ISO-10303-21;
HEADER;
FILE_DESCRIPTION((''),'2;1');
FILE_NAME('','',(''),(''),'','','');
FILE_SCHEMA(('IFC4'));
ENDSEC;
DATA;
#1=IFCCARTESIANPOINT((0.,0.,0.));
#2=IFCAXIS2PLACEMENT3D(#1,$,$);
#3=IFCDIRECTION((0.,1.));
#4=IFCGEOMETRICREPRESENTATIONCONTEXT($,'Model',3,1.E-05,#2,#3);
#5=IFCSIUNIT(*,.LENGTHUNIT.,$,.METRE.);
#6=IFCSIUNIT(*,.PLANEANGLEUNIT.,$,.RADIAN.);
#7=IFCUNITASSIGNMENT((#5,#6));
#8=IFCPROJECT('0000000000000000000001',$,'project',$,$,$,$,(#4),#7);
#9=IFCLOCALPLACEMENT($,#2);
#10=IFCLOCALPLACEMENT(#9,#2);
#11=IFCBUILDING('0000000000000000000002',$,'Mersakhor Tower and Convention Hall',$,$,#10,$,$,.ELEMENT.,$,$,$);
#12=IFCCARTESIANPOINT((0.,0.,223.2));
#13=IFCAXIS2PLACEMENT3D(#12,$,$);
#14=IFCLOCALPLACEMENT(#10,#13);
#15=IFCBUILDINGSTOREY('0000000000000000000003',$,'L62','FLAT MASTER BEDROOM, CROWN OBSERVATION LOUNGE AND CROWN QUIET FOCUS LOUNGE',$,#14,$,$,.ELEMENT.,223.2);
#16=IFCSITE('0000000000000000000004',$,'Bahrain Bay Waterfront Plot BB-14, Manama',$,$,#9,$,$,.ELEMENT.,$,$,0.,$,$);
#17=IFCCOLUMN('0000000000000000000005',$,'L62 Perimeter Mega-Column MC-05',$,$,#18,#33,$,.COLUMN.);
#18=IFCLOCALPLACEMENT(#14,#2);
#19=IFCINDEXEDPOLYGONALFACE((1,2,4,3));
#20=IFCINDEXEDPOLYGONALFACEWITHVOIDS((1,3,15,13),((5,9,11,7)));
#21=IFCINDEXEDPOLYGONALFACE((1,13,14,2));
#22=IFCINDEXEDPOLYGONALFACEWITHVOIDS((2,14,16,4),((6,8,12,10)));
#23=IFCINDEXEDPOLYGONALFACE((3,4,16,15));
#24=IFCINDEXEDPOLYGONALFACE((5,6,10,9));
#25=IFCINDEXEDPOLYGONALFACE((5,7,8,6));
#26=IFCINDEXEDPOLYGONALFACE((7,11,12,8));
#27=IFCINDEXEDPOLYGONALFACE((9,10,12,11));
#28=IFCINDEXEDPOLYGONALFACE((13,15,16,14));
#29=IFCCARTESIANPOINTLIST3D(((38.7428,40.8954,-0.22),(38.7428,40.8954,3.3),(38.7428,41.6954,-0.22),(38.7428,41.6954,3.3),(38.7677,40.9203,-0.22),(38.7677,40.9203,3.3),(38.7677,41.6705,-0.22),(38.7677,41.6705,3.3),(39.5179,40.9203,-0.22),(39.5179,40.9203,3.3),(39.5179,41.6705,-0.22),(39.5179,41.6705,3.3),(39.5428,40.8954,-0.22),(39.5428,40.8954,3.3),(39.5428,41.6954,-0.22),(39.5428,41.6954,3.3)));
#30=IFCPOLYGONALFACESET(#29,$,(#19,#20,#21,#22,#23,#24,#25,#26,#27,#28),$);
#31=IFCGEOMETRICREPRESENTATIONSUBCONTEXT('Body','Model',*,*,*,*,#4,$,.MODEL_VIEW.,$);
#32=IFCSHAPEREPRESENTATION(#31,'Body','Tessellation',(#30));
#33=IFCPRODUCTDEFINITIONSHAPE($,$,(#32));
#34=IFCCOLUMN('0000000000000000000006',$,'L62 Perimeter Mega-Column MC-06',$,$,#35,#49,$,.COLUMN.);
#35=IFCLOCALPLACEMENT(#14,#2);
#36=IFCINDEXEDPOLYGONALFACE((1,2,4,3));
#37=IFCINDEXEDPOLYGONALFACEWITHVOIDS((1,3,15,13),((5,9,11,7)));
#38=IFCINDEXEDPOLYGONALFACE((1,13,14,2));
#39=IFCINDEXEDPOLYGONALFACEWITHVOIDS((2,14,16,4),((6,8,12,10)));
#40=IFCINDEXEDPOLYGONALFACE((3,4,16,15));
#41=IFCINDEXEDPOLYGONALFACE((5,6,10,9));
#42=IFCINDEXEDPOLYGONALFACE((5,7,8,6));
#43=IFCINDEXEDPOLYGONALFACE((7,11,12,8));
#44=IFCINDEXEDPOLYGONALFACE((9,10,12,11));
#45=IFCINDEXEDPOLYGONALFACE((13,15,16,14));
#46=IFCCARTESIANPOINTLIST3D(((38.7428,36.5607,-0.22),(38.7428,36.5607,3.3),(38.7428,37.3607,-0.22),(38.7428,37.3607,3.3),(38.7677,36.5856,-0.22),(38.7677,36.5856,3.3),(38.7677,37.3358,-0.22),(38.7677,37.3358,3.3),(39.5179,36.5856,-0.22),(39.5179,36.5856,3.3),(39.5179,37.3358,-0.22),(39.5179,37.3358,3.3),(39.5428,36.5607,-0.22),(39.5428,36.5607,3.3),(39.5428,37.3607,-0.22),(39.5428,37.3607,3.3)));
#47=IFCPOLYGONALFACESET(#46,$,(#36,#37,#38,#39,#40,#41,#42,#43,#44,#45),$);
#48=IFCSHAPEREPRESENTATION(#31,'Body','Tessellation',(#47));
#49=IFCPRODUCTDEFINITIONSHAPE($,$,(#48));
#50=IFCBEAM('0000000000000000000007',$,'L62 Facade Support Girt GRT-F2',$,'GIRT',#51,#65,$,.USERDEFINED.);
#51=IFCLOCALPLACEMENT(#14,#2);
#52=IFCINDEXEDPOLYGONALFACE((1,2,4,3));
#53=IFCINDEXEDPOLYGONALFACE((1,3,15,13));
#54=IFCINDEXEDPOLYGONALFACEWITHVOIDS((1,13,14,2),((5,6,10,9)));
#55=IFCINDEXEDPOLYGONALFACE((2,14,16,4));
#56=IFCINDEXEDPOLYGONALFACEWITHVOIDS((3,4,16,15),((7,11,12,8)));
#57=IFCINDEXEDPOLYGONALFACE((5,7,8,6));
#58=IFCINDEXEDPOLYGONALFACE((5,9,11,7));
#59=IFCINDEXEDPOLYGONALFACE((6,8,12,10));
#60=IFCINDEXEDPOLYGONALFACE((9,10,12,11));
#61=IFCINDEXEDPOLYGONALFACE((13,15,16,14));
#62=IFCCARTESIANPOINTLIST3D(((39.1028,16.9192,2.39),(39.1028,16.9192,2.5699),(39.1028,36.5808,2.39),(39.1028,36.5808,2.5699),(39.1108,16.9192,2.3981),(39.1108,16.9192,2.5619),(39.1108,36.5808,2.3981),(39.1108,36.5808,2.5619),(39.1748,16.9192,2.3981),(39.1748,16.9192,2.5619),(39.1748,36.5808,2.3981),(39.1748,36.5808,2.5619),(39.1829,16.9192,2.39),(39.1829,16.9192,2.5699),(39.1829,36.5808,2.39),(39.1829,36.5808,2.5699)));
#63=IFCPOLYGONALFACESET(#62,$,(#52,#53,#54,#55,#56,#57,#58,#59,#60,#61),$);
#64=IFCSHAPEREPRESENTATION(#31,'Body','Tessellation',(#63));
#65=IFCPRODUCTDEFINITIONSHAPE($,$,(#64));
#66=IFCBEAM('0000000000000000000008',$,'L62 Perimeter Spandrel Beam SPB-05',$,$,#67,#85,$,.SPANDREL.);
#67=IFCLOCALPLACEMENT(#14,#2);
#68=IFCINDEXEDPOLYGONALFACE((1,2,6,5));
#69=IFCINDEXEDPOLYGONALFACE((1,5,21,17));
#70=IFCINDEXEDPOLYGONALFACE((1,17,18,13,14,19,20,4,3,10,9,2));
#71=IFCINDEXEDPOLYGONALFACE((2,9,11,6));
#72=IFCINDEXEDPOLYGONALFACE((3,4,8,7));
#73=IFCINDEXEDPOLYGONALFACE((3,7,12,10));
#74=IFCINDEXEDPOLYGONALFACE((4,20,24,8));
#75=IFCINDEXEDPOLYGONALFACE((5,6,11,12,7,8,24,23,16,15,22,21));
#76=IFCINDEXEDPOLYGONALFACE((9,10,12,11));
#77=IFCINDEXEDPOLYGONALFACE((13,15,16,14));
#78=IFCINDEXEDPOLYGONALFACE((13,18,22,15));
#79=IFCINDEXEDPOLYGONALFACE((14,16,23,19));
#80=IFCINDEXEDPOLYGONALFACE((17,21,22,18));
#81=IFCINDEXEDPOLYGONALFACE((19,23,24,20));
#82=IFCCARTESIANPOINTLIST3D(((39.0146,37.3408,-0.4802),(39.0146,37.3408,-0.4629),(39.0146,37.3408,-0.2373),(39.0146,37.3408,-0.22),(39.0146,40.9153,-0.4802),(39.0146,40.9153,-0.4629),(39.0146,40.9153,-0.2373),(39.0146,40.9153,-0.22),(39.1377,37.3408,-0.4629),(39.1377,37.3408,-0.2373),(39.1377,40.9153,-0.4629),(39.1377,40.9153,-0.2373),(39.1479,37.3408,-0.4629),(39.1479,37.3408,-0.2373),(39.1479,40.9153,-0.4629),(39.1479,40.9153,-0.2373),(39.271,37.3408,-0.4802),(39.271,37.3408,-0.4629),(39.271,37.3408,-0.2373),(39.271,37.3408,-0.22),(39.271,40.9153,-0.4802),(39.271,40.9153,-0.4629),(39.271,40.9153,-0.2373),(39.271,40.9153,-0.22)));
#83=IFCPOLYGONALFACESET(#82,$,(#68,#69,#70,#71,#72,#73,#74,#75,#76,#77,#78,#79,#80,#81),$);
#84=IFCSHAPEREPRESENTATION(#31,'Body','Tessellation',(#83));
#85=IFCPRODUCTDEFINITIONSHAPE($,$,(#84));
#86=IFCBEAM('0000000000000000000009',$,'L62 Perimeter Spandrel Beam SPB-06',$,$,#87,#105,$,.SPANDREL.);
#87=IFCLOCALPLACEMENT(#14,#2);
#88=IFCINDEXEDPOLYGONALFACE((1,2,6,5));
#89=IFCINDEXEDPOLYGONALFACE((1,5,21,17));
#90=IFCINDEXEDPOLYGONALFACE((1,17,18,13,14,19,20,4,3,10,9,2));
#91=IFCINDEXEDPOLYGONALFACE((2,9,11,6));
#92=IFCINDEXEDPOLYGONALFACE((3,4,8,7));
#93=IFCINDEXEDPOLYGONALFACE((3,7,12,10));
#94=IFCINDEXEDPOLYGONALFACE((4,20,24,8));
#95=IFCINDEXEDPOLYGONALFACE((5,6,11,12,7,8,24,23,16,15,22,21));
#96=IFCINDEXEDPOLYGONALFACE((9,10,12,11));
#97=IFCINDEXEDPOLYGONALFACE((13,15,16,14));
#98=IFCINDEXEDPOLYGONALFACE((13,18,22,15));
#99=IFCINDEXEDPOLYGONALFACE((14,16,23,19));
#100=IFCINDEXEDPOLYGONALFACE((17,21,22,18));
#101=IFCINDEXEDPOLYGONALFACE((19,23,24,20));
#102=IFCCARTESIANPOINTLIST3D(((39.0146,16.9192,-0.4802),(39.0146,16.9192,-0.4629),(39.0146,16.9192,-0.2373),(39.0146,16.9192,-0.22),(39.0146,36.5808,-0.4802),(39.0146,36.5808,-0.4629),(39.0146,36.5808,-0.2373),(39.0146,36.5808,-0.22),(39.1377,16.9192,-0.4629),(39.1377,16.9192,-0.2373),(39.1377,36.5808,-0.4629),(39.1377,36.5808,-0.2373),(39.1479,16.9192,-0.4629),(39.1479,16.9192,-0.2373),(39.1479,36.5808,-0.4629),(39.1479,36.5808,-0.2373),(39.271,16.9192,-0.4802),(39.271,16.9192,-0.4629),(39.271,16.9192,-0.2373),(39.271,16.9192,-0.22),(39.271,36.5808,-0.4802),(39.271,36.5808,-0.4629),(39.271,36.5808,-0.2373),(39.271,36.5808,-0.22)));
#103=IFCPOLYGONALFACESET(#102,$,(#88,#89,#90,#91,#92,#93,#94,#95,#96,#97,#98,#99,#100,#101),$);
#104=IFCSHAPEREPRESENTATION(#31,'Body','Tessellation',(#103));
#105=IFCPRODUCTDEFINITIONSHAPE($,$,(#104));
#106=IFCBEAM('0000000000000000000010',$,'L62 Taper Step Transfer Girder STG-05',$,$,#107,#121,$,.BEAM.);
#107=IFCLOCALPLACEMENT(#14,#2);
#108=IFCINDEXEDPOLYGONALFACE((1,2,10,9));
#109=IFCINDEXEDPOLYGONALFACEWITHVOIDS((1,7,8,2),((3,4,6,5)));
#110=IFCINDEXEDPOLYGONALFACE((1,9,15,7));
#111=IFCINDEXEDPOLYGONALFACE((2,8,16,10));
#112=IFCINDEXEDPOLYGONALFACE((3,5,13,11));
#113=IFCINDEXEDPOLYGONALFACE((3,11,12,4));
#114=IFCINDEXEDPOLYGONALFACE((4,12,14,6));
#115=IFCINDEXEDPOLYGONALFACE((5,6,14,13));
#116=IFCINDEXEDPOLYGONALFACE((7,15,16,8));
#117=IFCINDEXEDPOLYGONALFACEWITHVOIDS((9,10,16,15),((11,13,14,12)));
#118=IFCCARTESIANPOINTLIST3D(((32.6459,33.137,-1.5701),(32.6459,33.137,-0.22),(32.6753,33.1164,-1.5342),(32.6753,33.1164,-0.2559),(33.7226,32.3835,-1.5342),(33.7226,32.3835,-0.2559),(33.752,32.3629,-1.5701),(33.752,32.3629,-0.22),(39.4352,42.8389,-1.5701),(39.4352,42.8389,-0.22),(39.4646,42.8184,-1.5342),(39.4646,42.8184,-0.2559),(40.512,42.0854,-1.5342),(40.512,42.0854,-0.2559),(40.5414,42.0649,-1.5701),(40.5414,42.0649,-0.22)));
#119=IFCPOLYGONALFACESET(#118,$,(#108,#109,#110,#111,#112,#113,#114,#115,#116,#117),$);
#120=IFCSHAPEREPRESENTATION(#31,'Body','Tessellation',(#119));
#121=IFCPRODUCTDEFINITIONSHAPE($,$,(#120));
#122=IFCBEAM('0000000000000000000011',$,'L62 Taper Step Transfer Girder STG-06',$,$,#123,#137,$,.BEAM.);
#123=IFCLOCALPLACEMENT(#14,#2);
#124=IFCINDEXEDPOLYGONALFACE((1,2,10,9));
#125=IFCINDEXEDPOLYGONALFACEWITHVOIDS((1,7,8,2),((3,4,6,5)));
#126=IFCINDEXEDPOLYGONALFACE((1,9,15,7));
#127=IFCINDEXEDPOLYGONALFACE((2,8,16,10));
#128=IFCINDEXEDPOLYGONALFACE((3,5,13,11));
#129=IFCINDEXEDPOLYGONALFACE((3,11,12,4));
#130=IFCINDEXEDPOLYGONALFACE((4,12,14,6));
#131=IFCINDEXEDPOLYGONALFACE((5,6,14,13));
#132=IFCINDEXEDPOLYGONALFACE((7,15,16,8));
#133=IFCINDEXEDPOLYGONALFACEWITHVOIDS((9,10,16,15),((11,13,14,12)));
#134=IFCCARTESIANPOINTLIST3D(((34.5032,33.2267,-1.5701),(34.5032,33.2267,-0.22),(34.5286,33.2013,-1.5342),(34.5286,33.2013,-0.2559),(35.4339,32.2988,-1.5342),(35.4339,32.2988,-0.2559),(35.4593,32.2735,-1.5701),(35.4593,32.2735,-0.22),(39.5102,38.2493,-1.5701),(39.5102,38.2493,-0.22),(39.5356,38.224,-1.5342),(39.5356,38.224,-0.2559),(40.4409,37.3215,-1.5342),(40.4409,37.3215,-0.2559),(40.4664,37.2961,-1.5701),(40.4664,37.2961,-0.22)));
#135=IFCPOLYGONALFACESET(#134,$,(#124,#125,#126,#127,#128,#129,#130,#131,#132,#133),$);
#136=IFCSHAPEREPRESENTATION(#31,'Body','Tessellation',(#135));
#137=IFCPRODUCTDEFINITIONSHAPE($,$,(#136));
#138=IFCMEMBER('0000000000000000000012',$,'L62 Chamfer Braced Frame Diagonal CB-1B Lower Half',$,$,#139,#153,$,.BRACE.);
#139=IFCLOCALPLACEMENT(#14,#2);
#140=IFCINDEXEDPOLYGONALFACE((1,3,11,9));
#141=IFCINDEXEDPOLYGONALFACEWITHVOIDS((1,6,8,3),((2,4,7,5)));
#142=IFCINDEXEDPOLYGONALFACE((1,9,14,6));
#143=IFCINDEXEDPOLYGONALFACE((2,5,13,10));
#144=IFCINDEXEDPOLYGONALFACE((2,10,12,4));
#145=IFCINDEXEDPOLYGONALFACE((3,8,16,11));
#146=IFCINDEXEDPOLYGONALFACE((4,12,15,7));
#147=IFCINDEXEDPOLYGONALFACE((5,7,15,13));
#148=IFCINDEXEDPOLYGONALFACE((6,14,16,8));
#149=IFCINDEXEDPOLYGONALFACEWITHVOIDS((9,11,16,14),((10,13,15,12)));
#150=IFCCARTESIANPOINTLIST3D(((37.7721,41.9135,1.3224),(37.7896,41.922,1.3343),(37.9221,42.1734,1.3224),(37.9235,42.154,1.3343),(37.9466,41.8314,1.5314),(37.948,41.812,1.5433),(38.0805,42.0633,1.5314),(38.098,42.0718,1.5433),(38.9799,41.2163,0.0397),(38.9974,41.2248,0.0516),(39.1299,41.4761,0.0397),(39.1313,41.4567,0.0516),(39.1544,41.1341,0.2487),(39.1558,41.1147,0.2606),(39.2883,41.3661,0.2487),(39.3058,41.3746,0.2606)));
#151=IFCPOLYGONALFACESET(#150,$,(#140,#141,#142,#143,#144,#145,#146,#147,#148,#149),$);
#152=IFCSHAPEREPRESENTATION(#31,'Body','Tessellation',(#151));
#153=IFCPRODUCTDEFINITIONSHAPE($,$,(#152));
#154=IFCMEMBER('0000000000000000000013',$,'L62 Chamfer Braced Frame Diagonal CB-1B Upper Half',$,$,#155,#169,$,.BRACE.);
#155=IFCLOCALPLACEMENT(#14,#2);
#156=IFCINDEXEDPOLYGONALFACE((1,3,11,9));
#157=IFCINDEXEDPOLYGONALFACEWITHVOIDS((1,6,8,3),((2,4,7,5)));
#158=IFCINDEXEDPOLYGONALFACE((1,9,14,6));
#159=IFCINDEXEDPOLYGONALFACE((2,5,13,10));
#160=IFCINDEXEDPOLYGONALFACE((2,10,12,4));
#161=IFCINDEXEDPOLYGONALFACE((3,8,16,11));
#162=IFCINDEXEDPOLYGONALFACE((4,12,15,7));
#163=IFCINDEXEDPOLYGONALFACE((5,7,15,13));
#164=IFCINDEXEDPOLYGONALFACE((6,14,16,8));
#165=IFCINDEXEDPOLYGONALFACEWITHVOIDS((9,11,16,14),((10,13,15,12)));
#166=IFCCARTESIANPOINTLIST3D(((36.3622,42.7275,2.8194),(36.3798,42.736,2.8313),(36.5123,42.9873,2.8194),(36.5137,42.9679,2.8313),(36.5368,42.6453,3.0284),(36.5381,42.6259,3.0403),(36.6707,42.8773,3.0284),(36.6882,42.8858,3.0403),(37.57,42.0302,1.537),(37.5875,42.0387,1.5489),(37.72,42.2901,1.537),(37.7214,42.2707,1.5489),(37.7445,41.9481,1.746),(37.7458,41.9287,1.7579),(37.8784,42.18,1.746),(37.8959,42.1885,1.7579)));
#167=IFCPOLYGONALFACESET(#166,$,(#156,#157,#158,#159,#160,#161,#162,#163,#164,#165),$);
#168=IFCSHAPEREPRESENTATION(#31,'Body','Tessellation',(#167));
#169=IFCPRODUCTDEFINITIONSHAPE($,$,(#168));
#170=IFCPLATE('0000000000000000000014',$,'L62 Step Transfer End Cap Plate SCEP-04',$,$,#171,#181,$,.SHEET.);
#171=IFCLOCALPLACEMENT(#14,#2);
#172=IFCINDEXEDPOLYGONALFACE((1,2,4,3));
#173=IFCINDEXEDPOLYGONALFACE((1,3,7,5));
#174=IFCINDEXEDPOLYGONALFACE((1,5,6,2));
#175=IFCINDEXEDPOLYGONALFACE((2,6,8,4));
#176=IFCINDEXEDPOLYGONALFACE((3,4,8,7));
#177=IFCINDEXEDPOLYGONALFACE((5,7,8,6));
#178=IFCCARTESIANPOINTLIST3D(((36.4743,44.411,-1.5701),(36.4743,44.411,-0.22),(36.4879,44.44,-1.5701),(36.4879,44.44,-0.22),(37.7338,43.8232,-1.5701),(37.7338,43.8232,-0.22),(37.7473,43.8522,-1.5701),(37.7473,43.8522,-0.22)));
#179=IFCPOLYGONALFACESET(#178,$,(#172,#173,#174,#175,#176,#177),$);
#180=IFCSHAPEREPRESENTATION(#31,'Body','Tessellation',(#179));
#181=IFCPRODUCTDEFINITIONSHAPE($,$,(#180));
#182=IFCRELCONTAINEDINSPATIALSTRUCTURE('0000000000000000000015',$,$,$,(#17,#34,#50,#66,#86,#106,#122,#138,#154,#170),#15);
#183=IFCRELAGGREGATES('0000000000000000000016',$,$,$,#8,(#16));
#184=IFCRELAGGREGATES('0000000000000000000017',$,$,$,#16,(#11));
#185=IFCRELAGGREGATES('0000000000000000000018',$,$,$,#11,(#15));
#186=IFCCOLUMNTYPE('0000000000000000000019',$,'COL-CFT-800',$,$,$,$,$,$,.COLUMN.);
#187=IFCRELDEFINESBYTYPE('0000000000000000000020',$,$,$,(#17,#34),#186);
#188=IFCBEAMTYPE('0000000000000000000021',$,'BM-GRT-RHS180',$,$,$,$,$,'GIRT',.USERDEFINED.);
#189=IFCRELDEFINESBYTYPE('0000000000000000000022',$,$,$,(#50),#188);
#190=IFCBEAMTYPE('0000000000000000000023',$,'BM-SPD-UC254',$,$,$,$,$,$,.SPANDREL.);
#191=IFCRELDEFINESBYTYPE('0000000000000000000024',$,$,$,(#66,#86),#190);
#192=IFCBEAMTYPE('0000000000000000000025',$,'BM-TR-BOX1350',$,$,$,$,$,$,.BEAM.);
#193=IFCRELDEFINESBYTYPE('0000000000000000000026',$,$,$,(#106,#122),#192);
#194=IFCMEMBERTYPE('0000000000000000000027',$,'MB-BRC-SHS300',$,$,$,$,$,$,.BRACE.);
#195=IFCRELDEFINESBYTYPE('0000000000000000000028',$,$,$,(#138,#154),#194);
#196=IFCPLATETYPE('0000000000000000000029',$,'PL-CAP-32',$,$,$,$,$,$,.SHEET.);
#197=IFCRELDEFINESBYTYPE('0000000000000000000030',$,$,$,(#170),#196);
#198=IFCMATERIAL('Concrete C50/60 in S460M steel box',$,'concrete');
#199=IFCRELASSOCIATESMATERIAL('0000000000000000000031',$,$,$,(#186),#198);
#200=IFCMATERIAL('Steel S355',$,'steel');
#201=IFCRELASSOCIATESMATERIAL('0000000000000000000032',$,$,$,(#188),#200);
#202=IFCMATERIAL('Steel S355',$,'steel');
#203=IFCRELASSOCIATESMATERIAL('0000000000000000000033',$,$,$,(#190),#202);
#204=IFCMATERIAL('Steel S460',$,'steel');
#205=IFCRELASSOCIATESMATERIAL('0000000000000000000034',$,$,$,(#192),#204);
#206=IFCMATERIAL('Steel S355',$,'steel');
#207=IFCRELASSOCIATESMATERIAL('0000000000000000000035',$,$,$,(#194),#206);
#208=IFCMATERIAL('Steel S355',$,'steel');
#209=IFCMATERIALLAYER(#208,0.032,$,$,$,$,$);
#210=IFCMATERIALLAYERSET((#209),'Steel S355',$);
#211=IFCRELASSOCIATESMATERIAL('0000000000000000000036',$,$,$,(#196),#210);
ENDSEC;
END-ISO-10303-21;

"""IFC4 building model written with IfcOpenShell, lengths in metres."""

from ifc_helpers import new_model, si_unit, direction, frame, origin, origin_2d, place, context, subcontext, project, spatial, rectangle, hollow_rectangle, i_section, extrude, material, layer, layer_set, material_profile, profile_set, type_object, element, save


model = new_model("IFC4")

# Units and contexts
model_context = context("Model", 3, precision=1e-05, world=origin(), true_north=direction((0.0, 1.0)))
body_context = subcontext(model_context, "Body", "Model", "MODEL_VIEW")
ifc_project = project(units=[si_unit("LENGTHUNIT", "METRE"), si_unit("PLANEANGLEUNIT", "RADIAN")], contexts=[model_context])

# Site, building, storey
site_placement = place(None, origin())
site = spatial("IfcSite", under=ifc_project, at=site_placement, Name="Bahrain Bay Waterfront Plot BB-14, Manama", CompositionType="ELEMENT", RefElevation=0.0)
building_placement = place(site_placement, origin())
building = spatial("IfcBuilding", under=site, at=building_placement, Name="Mersakhor Tower and Convention Hall", CompositionType="ELEMENT")
storey_placement = place(building_placement, frame((0.0, 0.0, 223.2)))
storey = spatial("IfcBuildingStorey", under=building, at=storey_placement, Name="L62", Description="FLAT MASTER BEDROOM, CROWN OBSERVATION LOUNGE AND CROWN QUIET FOCUS LOUNGE", CompositionType="ELEMENT", Elevation=223.2)

# Columns
ifc_material_1 = material(Name="Concrete C50/60 in S460M steel box", Category="concrete")
ifc_material_profile_1 = material_profile(ifc_material_1, hollow_rectangle(XDim=0.8, YDim=0.8, WallThickness=0.0249, at=origin_2d()), Name="SHS 800x800x25")
ifc_profile_set_1 = profile_set([ifc_material_profile_1], Name="Concrete C50/60 in S460M steel box")
column_type = type_object("IfcColumnType", Name="COL-CFT-800", PredefinedType="COLUMN", material=ifc_profile_set_1)
for number, where, z_axis, x_axis, name in (
    (1, (39.1428, 41.2954, -0.22), (0.0, 0.0, 1.0), (1.0, 0.0, 0.0), "L62 Perimeter Mega-Column MC-05"),
    (2, (39.1428, 36.9607, -0.22), (0.0, 0.0, 1.0), (1.0, 0.0, 0.0), "L62 Perimeter Mega-Column MC-06"),
):
    element("IfcColumn", number, at=place(storey_placement, frame(where, z_axis=z_axis, x_axis=x_axis)), inside=storey, type_object=column_type, Name=name, PredefinedType="COLUMN", context=body_context, shape_type="SweptSolid", body=[
        extrude(hollow_rectangle(XDim=0.8, YDim=0.8, WallThickness=0.0249, at=origin_2d()), origin(), (0.0, 0.0, 1.0), 3.52),
    ])

# Beams
ifc_material_2 = material(Name="Steel S355", Category="steel")
ifc_material_profile_2 = material_profile(ifc_material_2, hollow_rectangle(XDim=0.0801, YDim=0.1799, WallThickness=0.0081, at=origin_2d()), Name="RHS 180x80x8")
ifc_profile_set_2 = profile_set([ifc_material_profile_2], Name="Steel S355")
beam_type_1 = type_object("IfcBeamType", Name="BM-GRT-RHS180", ElementType="GIRT", PredefinedType="USERDEFINED", material=ifc_profile_set_2)
beam_1_placement = place(storey_placement, frame((39.1428, 36.5808, 2.48), z_axis=(0.0, -1.0, 0.0), x_axis=(1.0, 0.0, 0.0)))
element("IfcBeam", 3, at=beam_1_placement, inside=storey, type_object=beam_type_1, Name="L62 Facade Support Girt GRT-F2", ObjectType="GIRT", PredefinedType="USERDEFINED", context=body_context, shape_type="SweptSolid", body=[
    extrude(hollow_rectangle(XDim=0.0801, YDim=0.1799, WallThickness=0.0081, at=origin_2d()), origin(), (0.0, 0.0, 1.0), 19.6616),
])
ifc_material_3 = material(Name="Steel S355", Category="steel")
ifc_material_profile_3 = material_profile(ifc_material_3, i_section(OverallWidth=0.2563, OverallDepth=0.2603, WebThickness=0.0103, FlangeThickness=0.0173, at=origin_2d()), Name="UC 254x254x89")
ifc_profile_set_3 = profile_set([ifc_material_profile_3], Name="Steel S355")
beam_type_2 = type_object("IfcBeamType", Name="BM-SPD-UC254", PredefinedType="SPANDREL", material=ifc_profile_set_3)
beam_2_placement = place(storey_placement, frame((39.1428, 40.9153, -0.3501), z_axis=(0.0, -1.0, 0.0), x_axis=(1.0, 0.0, 0.0)))
element("IfcBeam", 4, at=beam_2_placement, inside=storey, type_object=beam_type_2, Name="L62 Perimeter Spandrel Beam SPB-05", PredefinedType="SPANDREL", context=body_context, shape_type="SweptSolid", body=[
    extrude(i_section(OverallWidth=0.2563, OverallDepth=0.2603, WebThickness=0.0103, FlangeThickness=0.0173, at=origin_2d()), origin(), (0.0, 0.0, 1.0), 3.5745),
])
beam_3_placement = place(storey_placement, frame((39.1428, 36.5808, -0.3501), z_axis=(0.0, -1.0, 0.0), x_axis=(1.0, 0.0, 0.0)))
element("IfcBeam", 5, at=beam_3_placement, inside=storey, type_object=beam_type_2, Name="L62 Perimeter Spandrel Beam SPB-06", PredefinedType="SPANDREL", context=body_context, shape_type="SweptSolid", body=[
    extrude(i_section(OverallWidth=0.2563, OverallDepth=0.2603, WebThickness=0.0103, FlangeThickness=0.0173, at=origin_2d()), origin(), (0.0, 0.0, 1.0), 19.6616),
])
ifc_material_4 = material(Name="Steel S460", Category="steel")
ifc_material_profile_4 = material_profile(ifc_material_4, hollow_rectangle(XDim=1.3501, YDim=1.3501, WallThickness=0.0359, at=origin_2d()), Name="SHS 1350x1350x36")
ifc_profile_set_4 = profile_set([ifc_material_profile_4], Name="Steel S460")
beam_type_3 = type_object("IfcBeamType", Name="BM-TR-BOX1350", PredefinedType="BEAM", material=ifc_profile_set_4)
beam_4_placement = place(storey_placement, frame((39.9883, 42.4519, -0.895), z_axis=(-0.573347, -0.819312, 0.0), x_axis=(0.819312, -0.573347, 0.0)))
element("IfcBeam", 6, at=beam_4_placement, inside=storey, type_object=beam_type_3, Name="L62 Taper Step Transfer Girder STG-05", PredefinedType="BEAM", context=body_context, shape_type="SweptSolid", body=[
    extrude(hollow_rectangle(XDim=1.3501, YDim=1.3501, WallThickness=0.0359, at=origin_2d()), origin(), (0.0, 0.0, 1.0), 11.8416),
])
beam_5_placement = place(storey_placement, frame((39.9883, 37.7727, -0.895), z_axis=(-0.706004, -0.708207, 0.0), x_axis=(0.708207, -0.706004, 0.0)))
element("IfcBeam", 7, at=beam_5_placement, inside=storey, type_object=beam_type_3, Name="L62 Taper Step Transfer Girder STG-06", PredefinedType="BEAM", context=body_context, shape_type="SweptSolid", body=[
    extrude(hollow_rectangle(XDim=1.3501, YDim=1.3501, WallThickness=0.0359, at=origin_2d()), origin(), (0.0, 0.0, 1.0), 7.092),
])

# Members
ifc_material_5 = material(Name="Steel S355", Category="steel")
ifc_material_profile_5 = material_profile(ifc_material_5, hollow_rectangle(XDim=0.3, YDim=0.3, WallThickness=0.0161, at=origin_2d()), Name="SHS 300x300x16")
ifc_profile_set_5 = profile_set([ifc_material_profile_5], Name="Steel S355")
member_type = type_object("IfcMemberType", Name="MB-BRC-SHS300", PredefinedType="BRACE", material=ifc_profile_set_5)
member_1_placement = place(storey_placement, frame((39.1428, 41.2954, 0.1501), z_axis=(-0.637413, 0.367991, 0.676969), x_axis=(-0.49998, -0.866037, 0.0)))
element("IfcMember", 8, at=member_1_placement, inside=storey, type_object=member_type, Name="L62 Chamfer Braced Frame Diagonal CB-1B Lower Half", PredefinedType="BRACE", context=body_context, shape_type="SweptSolid", body=[
    extrude(hollow_rectangle(XDim=0.3, YDim=0.3, WallThickness=0.0161, at=origin_2d()), origin(), (0.0, 0.0, 1.0), 1.8948),
])
member_2_placement = place(storey_placement, frame((37.7329, 42.1094, 1.6475), z_axis=(-0.637468, 0.368023, 0.6769), x_axis=(-0.49998, -0.866037, 0.0)))
element("IfcMember", 9, at=member_2_placement, inside=storey, type_object=member_type, Name="L62 Chamfer Braced Frame Diagonal CB-1B Upper Half", PredefinedType="BRACE", context=body_context, shape_type="SweptSolid", body=[
    extrude(hollow_rectangle(XDim=0.3, YDim=0.3, WallThickness=0.0161, at=origin_2d()), origin(), (0.0, 0.0, 1.0), 1.8945),
])

# Plate
ifc_material_6 = material(Name="Steel S355", Category="steel")
ifc_layer_1 = layer(ifc_material_6, 0.032)
ifc_layer_set_1 = layer_set([ifc_layer_1], Name="Steel S355")
plate_type_1 = type_object("IfcPlateType", Name="PL-CAP-32", PredefinedType="SHEET", material=ifc_layer_set_1)
for number, where, z_axis, x_axis, name in (
    (10, (37.1108, 44.1316, -1.5701), (0.0, 0.0, 1.0), (-0.422935, -0.90616, 0.0), "L62 Step Transfer End Cap Plate SCEP-04"),
):
    element("IfcPlate", number, at=place(storey_placement, frame(where, z_axis=z_axis, x_axis=x_axis)), inside=storey, type_object=plate_type_1, Name=name, PredefinedType="SHEET", context=body_context, shape_type="SweptSolid", body=[
        extrude(rectangle(XDim=0.032, YDim=1.3899, at=origin_2d()), origin(), (0.0, 0.0, 1.0), 1.3501),
    ])

save(model, "model.ifc")
